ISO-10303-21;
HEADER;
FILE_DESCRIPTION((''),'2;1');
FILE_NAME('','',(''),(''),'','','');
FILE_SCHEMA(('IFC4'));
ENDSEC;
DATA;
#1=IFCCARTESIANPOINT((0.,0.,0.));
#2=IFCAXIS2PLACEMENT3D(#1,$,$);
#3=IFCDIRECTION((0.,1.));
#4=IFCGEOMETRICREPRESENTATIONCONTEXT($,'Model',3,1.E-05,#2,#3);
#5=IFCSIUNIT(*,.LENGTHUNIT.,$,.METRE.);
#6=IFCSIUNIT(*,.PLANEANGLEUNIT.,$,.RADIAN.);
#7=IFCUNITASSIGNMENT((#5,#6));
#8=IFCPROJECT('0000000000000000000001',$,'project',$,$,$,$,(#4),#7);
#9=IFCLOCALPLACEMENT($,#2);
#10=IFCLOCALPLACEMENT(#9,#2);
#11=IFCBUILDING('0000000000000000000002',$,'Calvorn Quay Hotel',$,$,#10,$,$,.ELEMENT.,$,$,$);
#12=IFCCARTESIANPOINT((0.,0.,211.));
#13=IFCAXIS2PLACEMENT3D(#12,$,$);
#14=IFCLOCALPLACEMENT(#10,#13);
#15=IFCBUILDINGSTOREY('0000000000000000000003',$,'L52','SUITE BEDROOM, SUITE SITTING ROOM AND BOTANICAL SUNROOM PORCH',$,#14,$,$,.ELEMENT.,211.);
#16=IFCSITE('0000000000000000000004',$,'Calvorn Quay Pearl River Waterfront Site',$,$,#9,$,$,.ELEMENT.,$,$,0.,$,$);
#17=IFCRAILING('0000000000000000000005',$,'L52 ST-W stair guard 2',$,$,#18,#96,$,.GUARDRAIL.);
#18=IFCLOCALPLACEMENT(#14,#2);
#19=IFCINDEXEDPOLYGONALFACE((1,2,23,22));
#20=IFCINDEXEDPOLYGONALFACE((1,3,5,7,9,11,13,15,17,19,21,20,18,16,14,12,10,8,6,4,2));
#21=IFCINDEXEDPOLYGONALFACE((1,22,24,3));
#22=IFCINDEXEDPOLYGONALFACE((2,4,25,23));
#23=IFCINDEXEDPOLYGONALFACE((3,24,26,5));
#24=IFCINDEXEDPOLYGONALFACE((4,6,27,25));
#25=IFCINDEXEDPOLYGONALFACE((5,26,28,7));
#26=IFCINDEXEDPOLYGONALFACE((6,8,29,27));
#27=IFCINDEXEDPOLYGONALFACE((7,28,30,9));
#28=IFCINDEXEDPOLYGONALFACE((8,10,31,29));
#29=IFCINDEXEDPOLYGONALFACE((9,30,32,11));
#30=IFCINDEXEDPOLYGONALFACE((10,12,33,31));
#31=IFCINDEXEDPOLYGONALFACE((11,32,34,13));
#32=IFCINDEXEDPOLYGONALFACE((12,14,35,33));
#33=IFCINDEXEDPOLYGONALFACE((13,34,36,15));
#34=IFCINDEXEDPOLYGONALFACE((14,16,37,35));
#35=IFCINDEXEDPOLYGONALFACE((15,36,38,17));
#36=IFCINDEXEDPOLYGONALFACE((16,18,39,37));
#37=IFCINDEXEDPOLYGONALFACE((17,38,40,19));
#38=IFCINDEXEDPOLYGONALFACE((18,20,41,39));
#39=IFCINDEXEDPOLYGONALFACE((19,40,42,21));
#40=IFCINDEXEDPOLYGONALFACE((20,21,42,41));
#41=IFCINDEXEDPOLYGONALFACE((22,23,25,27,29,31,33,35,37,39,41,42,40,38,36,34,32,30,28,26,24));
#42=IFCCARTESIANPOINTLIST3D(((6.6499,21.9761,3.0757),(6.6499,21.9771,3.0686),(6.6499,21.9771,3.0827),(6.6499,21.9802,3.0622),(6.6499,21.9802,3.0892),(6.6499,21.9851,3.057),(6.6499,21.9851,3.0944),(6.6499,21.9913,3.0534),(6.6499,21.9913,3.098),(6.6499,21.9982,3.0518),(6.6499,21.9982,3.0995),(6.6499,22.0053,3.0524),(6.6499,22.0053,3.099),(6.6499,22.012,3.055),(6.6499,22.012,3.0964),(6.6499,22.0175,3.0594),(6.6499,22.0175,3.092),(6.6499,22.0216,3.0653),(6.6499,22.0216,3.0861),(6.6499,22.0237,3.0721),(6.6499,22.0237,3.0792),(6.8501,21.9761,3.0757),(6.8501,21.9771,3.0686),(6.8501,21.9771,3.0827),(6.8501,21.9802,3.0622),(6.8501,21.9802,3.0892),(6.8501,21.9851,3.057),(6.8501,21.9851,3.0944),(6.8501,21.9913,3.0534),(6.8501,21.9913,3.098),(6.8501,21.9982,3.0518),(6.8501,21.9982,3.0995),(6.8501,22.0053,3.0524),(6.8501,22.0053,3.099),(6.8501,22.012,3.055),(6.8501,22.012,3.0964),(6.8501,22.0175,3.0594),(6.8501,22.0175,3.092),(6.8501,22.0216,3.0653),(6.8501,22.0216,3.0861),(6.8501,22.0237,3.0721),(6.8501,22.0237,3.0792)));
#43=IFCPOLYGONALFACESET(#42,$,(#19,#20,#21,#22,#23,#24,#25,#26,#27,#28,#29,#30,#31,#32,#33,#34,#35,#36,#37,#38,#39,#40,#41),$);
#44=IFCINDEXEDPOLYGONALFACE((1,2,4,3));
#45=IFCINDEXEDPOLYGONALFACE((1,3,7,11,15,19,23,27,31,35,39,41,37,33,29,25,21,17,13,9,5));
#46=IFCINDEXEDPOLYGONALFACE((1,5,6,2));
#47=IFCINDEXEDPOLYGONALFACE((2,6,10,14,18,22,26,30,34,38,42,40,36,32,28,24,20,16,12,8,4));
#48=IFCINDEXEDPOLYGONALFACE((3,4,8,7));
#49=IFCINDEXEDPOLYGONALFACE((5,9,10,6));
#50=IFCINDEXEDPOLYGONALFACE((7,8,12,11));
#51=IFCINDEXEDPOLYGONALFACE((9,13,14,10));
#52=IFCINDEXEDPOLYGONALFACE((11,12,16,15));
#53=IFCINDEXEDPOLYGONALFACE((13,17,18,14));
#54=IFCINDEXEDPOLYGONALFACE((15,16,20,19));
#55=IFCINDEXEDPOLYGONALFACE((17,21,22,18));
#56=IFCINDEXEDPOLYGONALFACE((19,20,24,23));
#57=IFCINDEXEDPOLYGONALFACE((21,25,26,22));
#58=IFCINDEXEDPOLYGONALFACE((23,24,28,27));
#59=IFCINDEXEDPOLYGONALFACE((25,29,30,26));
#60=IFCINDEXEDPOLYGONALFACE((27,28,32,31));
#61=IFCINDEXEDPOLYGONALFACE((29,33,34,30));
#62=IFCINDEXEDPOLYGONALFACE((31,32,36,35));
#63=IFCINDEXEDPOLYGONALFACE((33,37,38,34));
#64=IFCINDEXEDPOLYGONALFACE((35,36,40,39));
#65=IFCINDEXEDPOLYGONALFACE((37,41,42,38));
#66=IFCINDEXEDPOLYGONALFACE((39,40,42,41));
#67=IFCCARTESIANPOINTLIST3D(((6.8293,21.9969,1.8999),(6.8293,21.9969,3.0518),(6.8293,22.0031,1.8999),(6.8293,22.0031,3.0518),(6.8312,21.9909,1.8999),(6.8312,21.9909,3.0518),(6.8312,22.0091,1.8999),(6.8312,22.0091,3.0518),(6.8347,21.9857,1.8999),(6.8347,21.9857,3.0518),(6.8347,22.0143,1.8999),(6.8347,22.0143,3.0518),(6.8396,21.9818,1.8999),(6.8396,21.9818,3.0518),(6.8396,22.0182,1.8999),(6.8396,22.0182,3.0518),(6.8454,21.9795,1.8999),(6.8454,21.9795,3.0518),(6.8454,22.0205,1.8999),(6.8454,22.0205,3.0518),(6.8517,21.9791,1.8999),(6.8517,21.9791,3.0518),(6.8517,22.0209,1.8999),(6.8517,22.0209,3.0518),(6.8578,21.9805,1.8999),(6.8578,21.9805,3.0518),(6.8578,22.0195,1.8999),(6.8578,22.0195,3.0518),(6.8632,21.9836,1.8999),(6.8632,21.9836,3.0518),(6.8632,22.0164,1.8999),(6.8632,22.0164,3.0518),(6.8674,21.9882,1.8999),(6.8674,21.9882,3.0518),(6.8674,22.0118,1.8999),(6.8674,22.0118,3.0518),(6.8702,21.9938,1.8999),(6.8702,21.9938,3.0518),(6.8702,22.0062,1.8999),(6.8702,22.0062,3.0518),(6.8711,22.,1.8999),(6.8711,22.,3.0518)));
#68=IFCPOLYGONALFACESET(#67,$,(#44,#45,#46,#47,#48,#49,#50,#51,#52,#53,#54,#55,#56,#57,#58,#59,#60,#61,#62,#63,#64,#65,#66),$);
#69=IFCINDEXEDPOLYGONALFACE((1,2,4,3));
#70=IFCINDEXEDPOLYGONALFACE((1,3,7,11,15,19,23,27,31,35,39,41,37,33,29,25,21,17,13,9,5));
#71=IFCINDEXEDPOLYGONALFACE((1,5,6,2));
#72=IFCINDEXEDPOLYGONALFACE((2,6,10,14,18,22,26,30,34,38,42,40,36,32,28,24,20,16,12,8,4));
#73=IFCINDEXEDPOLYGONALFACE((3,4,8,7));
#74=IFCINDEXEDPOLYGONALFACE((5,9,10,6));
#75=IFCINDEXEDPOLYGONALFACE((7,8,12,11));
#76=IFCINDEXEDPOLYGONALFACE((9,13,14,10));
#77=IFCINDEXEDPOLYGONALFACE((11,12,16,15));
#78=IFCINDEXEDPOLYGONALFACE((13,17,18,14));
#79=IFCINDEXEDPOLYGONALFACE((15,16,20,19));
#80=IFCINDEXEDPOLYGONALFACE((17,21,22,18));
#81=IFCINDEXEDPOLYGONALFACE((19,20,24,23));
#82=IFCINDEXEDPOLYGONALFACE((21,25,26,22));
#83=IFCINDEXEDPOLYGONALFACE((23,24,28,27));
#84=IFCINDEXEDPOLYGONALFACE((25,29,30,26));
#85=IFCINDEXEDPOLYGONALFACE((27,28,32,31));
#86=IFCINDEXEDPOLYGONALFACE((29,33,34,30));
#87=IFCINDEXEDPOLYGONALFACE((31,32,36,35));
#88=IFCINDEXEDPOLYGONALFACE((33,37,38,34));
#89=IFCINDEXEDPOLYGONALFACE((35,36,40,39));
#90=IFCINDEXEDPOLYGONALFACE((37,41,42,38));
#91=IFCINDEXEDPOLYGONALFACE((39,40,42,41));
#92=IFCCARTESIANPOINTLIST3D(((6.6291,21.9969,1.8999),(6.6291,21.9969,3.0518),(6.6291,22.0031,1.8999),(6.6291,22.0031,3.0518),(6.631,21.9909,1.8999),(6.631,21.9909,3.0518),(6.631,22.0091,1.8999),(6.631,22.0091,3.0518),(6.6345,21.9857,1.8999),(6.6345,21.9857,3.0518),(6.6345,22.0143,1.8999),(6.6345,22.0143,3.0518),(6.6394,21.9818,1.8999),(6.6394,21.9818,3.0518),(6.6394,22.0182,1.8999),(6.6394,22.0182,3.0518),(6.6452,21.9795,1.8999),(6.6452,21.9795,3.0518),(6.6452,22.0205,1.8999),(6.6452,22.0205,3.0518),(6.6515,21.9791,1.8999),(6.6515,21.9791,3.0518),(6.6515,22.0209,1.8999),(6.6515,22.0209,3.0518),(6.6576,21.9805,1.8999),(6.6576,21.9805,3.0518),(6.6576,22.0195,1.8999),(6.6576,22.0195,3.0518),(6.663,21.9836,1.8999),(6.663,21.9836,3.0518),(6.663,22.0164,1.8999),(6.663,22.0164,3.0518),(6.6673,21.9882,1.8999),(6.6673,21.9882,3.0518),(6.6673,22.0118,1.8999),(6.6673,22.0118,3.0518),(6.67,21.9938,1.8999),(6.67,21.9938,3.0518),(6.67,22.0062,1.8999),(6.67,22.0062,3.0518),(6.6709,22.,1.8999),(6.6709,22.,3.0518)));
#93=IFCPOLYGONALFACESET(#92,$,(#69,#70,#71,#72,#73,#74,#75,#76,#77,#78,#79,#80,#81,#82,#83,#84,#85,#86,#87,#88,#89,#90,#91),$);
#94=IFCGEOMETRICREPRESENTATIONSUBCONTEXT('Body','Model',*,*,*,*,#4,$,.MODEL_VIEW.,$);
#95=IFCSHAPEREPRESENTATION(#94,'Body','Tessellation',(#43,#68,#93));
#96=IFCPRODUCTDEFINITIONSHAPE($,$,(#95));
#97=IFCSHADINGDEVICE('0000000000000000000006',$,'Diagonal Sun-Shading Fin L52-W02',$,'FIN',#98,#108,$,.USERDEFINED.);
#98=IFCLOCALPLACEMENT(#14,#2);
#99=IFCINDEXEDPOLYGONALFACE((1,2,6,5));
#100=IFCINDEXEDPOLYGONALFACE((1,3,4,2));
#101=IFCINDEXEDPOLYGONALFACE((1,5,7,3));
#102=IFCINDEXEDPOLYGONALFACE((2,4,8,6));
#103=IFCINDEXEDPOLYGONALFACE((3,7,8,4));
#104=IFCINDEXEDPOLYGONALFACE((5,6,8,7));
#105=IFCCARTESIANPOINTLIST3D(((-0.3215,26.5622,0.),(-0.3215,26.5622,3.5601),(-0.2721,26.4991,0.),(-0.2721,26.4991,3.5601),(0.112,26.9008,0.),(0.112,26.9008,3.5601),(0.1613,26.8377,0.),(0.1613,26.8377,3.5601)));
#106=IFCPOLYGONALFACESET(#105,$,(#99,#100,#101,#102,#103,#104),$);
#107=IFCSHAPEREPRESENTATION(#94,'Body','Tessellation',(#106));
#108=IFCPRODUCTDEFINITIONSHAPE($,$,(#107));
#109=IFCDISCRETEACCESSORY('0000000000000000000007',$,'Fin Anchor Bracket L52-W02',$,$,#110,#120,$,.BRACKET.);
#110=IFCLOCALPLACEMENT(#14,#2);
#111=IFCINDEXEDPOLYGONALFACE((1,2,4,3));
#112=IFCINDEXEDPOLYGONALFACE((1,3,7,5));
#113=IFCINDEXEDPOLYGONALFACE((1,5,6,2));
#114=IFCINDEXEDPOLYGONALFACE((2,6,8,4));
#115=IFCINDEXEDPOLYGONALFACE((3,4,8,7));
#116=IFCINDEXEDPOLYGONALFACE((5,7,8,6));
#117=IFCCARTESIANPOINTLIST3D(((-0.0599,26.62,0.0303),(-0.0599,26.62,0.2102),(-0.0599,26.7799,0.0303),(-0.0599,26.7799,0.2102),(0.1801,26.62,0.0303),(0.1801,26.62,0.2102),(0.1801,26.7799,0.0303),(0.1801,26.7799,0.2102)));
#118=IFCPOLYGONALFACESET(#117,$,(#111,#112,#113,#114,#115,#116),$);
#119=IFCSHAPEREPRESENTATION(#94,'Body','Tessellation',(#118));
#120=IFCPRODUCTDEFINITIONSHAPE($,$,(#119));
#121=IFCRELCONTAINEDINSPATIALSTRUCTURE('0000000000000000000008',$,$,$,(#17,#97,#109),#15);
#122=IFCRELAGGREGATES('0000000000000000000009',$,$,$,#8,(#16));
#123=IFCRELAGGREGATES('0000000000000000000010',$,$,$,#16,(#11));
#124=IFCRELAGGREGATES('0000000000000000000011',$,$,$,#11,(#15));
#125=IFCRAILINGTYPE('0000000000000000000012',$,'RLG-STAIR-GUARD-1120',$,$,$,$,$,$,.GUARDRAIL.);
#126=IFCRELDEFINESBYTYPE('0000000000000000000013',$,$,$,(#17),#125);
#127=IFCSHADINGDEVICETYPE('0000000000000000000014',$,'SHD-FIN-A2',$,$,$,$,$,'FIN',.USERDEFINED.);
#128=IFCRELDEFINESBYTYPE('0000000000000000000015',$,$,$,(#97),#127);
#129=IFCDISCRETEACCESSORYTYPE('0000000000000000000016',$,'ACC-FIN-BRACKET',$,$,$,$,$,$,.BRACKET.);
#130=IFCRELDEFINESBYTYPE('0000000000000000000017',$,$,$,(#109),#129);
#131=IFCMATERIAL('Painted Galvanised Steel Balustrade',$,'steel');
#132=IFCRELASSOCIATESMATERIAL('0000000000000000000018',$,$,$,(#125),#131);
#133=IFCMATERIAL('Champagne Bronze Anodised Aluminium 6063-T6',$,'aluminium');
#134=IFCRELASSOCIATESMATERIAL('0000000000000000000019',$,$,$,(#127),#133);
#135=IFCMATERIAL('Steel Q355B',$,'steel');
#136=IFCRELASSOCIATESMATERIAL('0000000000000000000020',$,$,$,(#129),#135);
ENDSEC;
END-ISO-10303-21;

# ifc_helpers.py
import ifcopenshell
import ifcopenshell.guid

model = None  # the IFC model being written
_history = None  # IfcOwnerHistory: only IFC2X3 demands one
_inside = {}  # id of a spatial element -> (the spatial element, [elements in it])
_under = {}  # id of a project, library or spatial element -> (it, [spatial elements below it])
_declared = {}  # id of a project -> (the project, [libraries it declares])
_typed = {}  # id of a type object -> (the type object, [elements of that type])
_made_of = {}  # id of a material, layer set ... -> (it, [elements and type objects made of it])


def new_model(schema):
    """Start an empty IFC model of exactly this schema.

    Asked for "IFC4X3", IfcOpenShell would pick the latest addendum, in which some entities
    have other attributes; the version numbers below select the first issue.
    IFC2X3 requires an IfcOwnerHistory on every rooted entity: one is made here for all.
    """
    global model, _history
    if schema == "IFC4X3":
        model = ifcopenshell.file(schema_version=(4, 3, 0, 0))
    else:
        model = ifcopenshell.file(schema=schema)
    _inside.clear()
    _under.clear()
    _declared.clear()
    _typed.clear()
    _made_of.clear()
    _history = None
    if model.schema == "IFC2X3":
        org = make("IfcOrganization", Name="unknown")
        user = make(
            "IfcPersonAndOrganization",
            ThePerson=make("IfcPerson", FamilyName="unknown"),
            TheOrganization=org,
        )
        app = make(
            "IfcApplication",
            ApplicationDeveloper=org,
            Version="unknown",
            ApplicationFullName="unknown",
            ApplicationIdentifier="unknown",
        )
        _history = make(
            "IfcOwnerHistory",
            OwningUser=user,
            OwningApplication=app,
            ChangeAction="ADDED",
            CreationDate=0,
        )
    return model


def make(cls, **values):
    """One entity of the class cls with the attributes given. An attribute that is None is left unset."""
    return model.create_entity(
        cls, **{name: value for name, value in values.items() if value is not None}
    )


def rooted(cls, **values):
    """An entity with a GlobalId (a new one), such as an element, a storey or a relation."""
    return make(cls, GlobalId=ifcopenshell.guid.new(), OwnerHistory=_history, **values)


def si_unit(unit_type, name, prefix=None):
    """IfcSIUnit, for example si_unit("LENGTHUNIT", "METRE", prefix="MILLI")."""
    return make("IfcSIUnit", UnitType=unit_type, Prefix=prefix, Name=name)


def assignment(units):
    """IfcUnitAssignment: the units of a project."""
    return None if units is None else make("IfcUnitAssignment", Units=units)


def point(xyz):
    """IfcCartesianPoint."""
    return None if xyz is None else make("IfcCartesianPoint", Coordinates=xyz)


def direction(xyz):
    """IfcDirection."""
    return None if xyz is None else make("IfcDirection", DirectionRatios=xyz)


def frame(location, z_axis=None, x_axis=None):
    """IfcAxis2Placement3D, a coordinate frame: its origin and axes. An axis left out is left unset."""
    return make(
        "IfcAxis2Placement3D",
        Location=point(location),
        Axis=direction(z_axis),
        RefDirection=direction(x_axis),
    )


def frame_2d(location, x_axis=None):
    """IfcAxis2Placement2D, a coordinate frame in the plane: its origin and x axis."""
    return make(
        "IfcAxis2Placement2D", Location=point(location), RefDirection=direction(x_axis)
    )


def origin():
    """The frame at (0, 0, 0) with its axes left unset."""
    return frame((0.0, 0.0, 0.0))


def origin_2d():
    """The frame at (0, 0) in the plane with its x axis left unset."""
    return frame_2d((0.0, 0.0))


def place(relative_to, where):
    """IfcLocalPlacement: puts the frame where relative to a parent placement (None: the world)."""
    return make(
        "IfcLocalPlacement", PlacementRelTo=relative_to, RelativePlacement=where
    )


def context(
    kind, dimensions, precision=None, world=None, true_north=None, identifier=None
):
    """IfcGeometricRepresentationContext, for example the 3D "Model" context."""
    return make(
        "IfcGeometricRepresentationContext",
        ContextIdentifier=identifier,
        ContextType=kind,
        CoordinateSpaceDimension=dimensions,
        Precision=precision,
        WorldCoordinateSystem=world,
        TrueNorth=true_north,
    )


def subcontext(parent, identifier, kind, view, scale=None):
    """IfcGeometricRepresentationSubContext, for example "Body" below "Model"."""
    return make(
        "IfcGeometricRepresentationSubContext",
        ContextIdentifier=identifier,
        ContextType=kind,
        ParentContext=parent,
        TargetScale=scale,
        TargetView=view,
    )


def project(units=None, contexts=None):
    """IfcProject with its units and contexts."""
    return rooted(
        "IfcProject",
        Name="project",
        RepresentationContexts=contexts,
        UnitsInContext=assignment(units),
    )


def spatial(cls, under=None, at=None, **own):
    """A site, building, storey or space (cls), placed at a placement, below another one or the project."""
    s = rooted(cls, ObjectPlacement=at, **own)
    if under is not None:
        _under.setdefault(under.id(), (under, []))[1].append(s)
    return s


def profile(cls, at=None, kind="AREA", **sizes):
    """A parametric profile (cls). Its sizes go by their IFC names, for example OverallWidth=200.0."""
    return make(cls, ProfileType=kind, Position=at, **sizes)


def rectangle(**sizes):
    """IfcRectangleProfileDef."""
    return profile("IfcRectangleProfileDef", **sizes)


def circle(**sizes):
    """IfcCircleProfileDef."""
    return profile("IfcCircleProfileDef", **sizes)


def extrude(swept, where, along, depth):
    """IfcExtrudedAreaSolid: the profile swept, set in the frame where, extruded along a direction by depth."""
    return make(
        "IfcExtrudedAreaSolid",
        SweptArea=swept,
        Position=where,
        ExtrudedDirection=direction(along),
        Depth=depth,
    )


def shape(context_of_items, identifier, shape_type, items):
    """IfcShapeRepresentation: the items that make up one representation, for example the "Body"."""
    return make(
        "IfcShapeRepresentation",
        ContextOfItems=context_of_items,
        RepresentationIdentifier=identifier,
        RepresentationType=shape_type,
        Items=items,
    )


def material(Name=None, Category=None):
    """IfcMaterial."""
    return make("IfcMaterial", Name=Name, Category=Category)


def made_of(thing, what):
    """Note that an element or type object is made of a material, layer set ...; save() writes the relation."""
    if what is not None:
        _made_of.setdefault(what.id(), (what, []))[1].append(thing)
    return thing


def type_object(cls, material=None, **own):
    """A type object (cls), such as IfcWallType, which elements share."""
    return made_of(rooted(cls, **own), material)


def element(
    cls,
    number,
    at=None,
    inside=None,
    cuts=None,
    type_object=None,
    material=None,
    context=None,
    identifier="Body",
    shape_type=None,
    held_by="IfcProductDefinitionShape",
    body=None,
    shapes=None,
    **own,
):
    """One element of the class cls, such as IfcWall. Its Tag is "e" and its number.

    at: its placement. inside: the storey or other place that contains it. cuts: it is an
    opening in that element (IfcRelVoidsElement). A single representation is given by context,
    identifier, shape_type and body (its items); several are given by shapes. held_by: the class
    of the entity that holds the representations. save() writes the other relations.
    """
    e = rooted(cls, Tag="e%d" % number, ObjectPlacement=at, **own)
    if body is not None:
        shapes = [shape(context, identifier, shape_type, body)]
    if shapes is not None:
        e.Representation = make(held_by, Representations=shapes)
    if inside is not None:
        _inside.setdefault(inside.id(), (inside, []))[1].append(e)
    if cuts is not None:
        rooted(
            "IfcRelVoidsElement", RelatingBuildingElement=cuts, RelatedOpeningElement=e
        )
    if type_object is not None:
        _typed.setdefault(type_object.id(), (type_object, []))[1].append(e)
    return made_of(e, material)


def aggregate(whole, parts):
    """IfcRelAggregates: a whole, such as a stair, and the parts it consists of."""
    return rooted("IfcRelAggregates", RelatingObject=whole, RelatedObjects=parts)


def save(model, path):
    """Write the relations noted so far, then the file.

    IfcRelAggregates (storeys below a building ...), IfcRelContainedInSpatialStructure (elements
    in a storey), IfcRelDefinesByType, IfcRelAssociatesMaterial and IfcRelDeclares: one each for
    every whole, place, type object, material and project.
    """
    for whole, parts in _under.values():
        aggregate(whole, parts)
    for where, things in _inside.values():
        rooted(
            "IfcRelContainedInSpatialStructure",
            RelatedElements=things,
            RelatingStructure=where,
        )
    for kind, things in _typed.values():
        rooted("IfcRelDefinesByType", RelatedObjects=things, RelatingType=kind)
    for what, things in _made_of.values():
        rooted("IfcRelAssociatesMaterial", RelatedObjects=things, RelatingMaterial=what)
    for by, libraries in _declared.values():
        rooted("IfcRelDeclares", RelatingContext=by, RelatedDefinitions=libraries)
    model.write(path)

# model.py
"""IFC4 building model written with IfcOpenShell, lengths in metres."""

from ifc_helpers import new_model, si_unit, direction, frame, origin, origin_2d, place, context, subcontext, project, spatial, rectangle, circle, extrude, material, type_object, element, save


model = new_model("IFC4")

# Units and contexts
model_context = context("Model", 3, precision=1e-05, world=origin(), true_north=direction((0.0, 1.0)))
body_context = subcontext(model_context, "Body", "Model", "MODEL_VIEW")
ifc_project = project(units=[si_unit("LENGTHUNIT", "METRE"), si_unit("PLANEANGLEUNIT", "RADIAN")], contexts=[model_context])

# Site, building, storey
site_placement = place(None, origin())
site = spatial("IfcSite", under=ifc_project, at=site_placement, Name="Calvorn Quay Pearl River Waterfront Site", CompositionType="ELEMENT", RefElevation=0.0)
building_placement = place(site_placement, origin())
building = spatial("IfcBuilding", under=site, at=building_placement, Name="Calvorn Quay Hotel", CompositionType="ELEMENT")
storey_placement = place(building_placement, frame((0.0, 0.0, 211.0)))
storey = spatial("IfcBuildingStorey", under=building, at=storey_placement, Name="L52", Description="SUITE BEDROOM, SUITE SITTING ROOM AND BOTANICAL SUNROOM PORCH", CompositionType="ELEMENT", Elevation=211.0)

# Railing
ifc_material_1 = material(Name="Painted Galvanised Steel Balustrade", Category="steel")
railing_type = type_object("IfcRailingType", Name="RLG-STAIR-GUARD-1120", PredefinedType="GUARDRAIL", material=ifc_material_1)
railing_placement = place(storey_placement, frame((6.8501, 22.0, 1.8999)))
element("IfcRailing", 1, at=railing_placement, inside=storey, type_object=railing_type, Name="L52 ST-W stair guard 2", PredefinedType="GUARDRAIL", context=body_context, shape_type="SweptSolid", body=[
    extrude(circle(Radius=0.0239, at=origin_2d()), frame((0.0, 0.0, 1.1758), z_axis=(-1.0, 0.0, 0.0), x_axis=(0.0, -1.0, 0.0)), (0.0, 0.0, 1.0), 0.2002),
    extrude(circle(Radius=0.021, at=origin_2d()), origin(), (0.0, 0.0, 1.0), 1.1519),
    extrude(circle(Radius=0.021, at=origin_2d()), frame((-0.2002, 0.0, 0.0)), (0.0, 0.0, 1.0), 1.1519),
])

# Shading device
ifc_material_2 = material(Name="Champagne Bronze Anodised Aluminium 6063-T6", Category="aluminium")
shading_device_type = type_object("IfcShadingDeviceType", Name="SHD-FIN-A2", ElementType="FIN", PredefinedType="USERDEFINED", material=ifc_material_2)
shading_device_placement = place(storey_placement, frame((-0.0801, 26.7, 0.0), z_axis=(0.0, 0.0, 1.0), x_axis=(0.788011, 0.615661, 0.0)))
element("IfcShadingDevice", 2, at=shading_device_placement, inside=storey, type_object=shading_device_type, Name="Diagonal Sun-Shading Fin L52-W02", ObjectType="FIN", PredefinedType="USERDEFINED", context=body_context, shape_type="SweptSolid", body=[
    extrude(rectangle(XDim=0.55, YDim=0.0801, at=origin_2d()), origin(), (0.0, 0.0, 1.0), 3.5601),
])

# Discrete accessory
ifc_material_3 = material(Name="Steel Q355B", Category="steel")
discrete_accessory_type = type_object("IfcDiscreteAccessoryType", Name="ACC-FIN-BRACKET", PredefinedType="BRACKET", material=ifc_material_3)
discrete_accessory_placement = place(storey_placement, frame((0.0601, 26.7, 0.0303), z_axis=(0.0, 0.0, 1.0), x_axis=(1.0, 0.0, 0.0)))
element("IfcDiscreteAccessory", 3, at=discrete_accessory_placement, inside=storey, type_object=discrete_accessory_type, Name="Fin Anchor Bracket L52-W02", PredefinedType="BRACKET", context=body_context, shape_type="SweptSolid", body=[
    extrude(rectangle(XDim=0.24, YDim=0.1599, at=origin_2d()), origin(), (0.0, 0.0, 1.0), 0.1799),
])

save(model, "model.ifc")
